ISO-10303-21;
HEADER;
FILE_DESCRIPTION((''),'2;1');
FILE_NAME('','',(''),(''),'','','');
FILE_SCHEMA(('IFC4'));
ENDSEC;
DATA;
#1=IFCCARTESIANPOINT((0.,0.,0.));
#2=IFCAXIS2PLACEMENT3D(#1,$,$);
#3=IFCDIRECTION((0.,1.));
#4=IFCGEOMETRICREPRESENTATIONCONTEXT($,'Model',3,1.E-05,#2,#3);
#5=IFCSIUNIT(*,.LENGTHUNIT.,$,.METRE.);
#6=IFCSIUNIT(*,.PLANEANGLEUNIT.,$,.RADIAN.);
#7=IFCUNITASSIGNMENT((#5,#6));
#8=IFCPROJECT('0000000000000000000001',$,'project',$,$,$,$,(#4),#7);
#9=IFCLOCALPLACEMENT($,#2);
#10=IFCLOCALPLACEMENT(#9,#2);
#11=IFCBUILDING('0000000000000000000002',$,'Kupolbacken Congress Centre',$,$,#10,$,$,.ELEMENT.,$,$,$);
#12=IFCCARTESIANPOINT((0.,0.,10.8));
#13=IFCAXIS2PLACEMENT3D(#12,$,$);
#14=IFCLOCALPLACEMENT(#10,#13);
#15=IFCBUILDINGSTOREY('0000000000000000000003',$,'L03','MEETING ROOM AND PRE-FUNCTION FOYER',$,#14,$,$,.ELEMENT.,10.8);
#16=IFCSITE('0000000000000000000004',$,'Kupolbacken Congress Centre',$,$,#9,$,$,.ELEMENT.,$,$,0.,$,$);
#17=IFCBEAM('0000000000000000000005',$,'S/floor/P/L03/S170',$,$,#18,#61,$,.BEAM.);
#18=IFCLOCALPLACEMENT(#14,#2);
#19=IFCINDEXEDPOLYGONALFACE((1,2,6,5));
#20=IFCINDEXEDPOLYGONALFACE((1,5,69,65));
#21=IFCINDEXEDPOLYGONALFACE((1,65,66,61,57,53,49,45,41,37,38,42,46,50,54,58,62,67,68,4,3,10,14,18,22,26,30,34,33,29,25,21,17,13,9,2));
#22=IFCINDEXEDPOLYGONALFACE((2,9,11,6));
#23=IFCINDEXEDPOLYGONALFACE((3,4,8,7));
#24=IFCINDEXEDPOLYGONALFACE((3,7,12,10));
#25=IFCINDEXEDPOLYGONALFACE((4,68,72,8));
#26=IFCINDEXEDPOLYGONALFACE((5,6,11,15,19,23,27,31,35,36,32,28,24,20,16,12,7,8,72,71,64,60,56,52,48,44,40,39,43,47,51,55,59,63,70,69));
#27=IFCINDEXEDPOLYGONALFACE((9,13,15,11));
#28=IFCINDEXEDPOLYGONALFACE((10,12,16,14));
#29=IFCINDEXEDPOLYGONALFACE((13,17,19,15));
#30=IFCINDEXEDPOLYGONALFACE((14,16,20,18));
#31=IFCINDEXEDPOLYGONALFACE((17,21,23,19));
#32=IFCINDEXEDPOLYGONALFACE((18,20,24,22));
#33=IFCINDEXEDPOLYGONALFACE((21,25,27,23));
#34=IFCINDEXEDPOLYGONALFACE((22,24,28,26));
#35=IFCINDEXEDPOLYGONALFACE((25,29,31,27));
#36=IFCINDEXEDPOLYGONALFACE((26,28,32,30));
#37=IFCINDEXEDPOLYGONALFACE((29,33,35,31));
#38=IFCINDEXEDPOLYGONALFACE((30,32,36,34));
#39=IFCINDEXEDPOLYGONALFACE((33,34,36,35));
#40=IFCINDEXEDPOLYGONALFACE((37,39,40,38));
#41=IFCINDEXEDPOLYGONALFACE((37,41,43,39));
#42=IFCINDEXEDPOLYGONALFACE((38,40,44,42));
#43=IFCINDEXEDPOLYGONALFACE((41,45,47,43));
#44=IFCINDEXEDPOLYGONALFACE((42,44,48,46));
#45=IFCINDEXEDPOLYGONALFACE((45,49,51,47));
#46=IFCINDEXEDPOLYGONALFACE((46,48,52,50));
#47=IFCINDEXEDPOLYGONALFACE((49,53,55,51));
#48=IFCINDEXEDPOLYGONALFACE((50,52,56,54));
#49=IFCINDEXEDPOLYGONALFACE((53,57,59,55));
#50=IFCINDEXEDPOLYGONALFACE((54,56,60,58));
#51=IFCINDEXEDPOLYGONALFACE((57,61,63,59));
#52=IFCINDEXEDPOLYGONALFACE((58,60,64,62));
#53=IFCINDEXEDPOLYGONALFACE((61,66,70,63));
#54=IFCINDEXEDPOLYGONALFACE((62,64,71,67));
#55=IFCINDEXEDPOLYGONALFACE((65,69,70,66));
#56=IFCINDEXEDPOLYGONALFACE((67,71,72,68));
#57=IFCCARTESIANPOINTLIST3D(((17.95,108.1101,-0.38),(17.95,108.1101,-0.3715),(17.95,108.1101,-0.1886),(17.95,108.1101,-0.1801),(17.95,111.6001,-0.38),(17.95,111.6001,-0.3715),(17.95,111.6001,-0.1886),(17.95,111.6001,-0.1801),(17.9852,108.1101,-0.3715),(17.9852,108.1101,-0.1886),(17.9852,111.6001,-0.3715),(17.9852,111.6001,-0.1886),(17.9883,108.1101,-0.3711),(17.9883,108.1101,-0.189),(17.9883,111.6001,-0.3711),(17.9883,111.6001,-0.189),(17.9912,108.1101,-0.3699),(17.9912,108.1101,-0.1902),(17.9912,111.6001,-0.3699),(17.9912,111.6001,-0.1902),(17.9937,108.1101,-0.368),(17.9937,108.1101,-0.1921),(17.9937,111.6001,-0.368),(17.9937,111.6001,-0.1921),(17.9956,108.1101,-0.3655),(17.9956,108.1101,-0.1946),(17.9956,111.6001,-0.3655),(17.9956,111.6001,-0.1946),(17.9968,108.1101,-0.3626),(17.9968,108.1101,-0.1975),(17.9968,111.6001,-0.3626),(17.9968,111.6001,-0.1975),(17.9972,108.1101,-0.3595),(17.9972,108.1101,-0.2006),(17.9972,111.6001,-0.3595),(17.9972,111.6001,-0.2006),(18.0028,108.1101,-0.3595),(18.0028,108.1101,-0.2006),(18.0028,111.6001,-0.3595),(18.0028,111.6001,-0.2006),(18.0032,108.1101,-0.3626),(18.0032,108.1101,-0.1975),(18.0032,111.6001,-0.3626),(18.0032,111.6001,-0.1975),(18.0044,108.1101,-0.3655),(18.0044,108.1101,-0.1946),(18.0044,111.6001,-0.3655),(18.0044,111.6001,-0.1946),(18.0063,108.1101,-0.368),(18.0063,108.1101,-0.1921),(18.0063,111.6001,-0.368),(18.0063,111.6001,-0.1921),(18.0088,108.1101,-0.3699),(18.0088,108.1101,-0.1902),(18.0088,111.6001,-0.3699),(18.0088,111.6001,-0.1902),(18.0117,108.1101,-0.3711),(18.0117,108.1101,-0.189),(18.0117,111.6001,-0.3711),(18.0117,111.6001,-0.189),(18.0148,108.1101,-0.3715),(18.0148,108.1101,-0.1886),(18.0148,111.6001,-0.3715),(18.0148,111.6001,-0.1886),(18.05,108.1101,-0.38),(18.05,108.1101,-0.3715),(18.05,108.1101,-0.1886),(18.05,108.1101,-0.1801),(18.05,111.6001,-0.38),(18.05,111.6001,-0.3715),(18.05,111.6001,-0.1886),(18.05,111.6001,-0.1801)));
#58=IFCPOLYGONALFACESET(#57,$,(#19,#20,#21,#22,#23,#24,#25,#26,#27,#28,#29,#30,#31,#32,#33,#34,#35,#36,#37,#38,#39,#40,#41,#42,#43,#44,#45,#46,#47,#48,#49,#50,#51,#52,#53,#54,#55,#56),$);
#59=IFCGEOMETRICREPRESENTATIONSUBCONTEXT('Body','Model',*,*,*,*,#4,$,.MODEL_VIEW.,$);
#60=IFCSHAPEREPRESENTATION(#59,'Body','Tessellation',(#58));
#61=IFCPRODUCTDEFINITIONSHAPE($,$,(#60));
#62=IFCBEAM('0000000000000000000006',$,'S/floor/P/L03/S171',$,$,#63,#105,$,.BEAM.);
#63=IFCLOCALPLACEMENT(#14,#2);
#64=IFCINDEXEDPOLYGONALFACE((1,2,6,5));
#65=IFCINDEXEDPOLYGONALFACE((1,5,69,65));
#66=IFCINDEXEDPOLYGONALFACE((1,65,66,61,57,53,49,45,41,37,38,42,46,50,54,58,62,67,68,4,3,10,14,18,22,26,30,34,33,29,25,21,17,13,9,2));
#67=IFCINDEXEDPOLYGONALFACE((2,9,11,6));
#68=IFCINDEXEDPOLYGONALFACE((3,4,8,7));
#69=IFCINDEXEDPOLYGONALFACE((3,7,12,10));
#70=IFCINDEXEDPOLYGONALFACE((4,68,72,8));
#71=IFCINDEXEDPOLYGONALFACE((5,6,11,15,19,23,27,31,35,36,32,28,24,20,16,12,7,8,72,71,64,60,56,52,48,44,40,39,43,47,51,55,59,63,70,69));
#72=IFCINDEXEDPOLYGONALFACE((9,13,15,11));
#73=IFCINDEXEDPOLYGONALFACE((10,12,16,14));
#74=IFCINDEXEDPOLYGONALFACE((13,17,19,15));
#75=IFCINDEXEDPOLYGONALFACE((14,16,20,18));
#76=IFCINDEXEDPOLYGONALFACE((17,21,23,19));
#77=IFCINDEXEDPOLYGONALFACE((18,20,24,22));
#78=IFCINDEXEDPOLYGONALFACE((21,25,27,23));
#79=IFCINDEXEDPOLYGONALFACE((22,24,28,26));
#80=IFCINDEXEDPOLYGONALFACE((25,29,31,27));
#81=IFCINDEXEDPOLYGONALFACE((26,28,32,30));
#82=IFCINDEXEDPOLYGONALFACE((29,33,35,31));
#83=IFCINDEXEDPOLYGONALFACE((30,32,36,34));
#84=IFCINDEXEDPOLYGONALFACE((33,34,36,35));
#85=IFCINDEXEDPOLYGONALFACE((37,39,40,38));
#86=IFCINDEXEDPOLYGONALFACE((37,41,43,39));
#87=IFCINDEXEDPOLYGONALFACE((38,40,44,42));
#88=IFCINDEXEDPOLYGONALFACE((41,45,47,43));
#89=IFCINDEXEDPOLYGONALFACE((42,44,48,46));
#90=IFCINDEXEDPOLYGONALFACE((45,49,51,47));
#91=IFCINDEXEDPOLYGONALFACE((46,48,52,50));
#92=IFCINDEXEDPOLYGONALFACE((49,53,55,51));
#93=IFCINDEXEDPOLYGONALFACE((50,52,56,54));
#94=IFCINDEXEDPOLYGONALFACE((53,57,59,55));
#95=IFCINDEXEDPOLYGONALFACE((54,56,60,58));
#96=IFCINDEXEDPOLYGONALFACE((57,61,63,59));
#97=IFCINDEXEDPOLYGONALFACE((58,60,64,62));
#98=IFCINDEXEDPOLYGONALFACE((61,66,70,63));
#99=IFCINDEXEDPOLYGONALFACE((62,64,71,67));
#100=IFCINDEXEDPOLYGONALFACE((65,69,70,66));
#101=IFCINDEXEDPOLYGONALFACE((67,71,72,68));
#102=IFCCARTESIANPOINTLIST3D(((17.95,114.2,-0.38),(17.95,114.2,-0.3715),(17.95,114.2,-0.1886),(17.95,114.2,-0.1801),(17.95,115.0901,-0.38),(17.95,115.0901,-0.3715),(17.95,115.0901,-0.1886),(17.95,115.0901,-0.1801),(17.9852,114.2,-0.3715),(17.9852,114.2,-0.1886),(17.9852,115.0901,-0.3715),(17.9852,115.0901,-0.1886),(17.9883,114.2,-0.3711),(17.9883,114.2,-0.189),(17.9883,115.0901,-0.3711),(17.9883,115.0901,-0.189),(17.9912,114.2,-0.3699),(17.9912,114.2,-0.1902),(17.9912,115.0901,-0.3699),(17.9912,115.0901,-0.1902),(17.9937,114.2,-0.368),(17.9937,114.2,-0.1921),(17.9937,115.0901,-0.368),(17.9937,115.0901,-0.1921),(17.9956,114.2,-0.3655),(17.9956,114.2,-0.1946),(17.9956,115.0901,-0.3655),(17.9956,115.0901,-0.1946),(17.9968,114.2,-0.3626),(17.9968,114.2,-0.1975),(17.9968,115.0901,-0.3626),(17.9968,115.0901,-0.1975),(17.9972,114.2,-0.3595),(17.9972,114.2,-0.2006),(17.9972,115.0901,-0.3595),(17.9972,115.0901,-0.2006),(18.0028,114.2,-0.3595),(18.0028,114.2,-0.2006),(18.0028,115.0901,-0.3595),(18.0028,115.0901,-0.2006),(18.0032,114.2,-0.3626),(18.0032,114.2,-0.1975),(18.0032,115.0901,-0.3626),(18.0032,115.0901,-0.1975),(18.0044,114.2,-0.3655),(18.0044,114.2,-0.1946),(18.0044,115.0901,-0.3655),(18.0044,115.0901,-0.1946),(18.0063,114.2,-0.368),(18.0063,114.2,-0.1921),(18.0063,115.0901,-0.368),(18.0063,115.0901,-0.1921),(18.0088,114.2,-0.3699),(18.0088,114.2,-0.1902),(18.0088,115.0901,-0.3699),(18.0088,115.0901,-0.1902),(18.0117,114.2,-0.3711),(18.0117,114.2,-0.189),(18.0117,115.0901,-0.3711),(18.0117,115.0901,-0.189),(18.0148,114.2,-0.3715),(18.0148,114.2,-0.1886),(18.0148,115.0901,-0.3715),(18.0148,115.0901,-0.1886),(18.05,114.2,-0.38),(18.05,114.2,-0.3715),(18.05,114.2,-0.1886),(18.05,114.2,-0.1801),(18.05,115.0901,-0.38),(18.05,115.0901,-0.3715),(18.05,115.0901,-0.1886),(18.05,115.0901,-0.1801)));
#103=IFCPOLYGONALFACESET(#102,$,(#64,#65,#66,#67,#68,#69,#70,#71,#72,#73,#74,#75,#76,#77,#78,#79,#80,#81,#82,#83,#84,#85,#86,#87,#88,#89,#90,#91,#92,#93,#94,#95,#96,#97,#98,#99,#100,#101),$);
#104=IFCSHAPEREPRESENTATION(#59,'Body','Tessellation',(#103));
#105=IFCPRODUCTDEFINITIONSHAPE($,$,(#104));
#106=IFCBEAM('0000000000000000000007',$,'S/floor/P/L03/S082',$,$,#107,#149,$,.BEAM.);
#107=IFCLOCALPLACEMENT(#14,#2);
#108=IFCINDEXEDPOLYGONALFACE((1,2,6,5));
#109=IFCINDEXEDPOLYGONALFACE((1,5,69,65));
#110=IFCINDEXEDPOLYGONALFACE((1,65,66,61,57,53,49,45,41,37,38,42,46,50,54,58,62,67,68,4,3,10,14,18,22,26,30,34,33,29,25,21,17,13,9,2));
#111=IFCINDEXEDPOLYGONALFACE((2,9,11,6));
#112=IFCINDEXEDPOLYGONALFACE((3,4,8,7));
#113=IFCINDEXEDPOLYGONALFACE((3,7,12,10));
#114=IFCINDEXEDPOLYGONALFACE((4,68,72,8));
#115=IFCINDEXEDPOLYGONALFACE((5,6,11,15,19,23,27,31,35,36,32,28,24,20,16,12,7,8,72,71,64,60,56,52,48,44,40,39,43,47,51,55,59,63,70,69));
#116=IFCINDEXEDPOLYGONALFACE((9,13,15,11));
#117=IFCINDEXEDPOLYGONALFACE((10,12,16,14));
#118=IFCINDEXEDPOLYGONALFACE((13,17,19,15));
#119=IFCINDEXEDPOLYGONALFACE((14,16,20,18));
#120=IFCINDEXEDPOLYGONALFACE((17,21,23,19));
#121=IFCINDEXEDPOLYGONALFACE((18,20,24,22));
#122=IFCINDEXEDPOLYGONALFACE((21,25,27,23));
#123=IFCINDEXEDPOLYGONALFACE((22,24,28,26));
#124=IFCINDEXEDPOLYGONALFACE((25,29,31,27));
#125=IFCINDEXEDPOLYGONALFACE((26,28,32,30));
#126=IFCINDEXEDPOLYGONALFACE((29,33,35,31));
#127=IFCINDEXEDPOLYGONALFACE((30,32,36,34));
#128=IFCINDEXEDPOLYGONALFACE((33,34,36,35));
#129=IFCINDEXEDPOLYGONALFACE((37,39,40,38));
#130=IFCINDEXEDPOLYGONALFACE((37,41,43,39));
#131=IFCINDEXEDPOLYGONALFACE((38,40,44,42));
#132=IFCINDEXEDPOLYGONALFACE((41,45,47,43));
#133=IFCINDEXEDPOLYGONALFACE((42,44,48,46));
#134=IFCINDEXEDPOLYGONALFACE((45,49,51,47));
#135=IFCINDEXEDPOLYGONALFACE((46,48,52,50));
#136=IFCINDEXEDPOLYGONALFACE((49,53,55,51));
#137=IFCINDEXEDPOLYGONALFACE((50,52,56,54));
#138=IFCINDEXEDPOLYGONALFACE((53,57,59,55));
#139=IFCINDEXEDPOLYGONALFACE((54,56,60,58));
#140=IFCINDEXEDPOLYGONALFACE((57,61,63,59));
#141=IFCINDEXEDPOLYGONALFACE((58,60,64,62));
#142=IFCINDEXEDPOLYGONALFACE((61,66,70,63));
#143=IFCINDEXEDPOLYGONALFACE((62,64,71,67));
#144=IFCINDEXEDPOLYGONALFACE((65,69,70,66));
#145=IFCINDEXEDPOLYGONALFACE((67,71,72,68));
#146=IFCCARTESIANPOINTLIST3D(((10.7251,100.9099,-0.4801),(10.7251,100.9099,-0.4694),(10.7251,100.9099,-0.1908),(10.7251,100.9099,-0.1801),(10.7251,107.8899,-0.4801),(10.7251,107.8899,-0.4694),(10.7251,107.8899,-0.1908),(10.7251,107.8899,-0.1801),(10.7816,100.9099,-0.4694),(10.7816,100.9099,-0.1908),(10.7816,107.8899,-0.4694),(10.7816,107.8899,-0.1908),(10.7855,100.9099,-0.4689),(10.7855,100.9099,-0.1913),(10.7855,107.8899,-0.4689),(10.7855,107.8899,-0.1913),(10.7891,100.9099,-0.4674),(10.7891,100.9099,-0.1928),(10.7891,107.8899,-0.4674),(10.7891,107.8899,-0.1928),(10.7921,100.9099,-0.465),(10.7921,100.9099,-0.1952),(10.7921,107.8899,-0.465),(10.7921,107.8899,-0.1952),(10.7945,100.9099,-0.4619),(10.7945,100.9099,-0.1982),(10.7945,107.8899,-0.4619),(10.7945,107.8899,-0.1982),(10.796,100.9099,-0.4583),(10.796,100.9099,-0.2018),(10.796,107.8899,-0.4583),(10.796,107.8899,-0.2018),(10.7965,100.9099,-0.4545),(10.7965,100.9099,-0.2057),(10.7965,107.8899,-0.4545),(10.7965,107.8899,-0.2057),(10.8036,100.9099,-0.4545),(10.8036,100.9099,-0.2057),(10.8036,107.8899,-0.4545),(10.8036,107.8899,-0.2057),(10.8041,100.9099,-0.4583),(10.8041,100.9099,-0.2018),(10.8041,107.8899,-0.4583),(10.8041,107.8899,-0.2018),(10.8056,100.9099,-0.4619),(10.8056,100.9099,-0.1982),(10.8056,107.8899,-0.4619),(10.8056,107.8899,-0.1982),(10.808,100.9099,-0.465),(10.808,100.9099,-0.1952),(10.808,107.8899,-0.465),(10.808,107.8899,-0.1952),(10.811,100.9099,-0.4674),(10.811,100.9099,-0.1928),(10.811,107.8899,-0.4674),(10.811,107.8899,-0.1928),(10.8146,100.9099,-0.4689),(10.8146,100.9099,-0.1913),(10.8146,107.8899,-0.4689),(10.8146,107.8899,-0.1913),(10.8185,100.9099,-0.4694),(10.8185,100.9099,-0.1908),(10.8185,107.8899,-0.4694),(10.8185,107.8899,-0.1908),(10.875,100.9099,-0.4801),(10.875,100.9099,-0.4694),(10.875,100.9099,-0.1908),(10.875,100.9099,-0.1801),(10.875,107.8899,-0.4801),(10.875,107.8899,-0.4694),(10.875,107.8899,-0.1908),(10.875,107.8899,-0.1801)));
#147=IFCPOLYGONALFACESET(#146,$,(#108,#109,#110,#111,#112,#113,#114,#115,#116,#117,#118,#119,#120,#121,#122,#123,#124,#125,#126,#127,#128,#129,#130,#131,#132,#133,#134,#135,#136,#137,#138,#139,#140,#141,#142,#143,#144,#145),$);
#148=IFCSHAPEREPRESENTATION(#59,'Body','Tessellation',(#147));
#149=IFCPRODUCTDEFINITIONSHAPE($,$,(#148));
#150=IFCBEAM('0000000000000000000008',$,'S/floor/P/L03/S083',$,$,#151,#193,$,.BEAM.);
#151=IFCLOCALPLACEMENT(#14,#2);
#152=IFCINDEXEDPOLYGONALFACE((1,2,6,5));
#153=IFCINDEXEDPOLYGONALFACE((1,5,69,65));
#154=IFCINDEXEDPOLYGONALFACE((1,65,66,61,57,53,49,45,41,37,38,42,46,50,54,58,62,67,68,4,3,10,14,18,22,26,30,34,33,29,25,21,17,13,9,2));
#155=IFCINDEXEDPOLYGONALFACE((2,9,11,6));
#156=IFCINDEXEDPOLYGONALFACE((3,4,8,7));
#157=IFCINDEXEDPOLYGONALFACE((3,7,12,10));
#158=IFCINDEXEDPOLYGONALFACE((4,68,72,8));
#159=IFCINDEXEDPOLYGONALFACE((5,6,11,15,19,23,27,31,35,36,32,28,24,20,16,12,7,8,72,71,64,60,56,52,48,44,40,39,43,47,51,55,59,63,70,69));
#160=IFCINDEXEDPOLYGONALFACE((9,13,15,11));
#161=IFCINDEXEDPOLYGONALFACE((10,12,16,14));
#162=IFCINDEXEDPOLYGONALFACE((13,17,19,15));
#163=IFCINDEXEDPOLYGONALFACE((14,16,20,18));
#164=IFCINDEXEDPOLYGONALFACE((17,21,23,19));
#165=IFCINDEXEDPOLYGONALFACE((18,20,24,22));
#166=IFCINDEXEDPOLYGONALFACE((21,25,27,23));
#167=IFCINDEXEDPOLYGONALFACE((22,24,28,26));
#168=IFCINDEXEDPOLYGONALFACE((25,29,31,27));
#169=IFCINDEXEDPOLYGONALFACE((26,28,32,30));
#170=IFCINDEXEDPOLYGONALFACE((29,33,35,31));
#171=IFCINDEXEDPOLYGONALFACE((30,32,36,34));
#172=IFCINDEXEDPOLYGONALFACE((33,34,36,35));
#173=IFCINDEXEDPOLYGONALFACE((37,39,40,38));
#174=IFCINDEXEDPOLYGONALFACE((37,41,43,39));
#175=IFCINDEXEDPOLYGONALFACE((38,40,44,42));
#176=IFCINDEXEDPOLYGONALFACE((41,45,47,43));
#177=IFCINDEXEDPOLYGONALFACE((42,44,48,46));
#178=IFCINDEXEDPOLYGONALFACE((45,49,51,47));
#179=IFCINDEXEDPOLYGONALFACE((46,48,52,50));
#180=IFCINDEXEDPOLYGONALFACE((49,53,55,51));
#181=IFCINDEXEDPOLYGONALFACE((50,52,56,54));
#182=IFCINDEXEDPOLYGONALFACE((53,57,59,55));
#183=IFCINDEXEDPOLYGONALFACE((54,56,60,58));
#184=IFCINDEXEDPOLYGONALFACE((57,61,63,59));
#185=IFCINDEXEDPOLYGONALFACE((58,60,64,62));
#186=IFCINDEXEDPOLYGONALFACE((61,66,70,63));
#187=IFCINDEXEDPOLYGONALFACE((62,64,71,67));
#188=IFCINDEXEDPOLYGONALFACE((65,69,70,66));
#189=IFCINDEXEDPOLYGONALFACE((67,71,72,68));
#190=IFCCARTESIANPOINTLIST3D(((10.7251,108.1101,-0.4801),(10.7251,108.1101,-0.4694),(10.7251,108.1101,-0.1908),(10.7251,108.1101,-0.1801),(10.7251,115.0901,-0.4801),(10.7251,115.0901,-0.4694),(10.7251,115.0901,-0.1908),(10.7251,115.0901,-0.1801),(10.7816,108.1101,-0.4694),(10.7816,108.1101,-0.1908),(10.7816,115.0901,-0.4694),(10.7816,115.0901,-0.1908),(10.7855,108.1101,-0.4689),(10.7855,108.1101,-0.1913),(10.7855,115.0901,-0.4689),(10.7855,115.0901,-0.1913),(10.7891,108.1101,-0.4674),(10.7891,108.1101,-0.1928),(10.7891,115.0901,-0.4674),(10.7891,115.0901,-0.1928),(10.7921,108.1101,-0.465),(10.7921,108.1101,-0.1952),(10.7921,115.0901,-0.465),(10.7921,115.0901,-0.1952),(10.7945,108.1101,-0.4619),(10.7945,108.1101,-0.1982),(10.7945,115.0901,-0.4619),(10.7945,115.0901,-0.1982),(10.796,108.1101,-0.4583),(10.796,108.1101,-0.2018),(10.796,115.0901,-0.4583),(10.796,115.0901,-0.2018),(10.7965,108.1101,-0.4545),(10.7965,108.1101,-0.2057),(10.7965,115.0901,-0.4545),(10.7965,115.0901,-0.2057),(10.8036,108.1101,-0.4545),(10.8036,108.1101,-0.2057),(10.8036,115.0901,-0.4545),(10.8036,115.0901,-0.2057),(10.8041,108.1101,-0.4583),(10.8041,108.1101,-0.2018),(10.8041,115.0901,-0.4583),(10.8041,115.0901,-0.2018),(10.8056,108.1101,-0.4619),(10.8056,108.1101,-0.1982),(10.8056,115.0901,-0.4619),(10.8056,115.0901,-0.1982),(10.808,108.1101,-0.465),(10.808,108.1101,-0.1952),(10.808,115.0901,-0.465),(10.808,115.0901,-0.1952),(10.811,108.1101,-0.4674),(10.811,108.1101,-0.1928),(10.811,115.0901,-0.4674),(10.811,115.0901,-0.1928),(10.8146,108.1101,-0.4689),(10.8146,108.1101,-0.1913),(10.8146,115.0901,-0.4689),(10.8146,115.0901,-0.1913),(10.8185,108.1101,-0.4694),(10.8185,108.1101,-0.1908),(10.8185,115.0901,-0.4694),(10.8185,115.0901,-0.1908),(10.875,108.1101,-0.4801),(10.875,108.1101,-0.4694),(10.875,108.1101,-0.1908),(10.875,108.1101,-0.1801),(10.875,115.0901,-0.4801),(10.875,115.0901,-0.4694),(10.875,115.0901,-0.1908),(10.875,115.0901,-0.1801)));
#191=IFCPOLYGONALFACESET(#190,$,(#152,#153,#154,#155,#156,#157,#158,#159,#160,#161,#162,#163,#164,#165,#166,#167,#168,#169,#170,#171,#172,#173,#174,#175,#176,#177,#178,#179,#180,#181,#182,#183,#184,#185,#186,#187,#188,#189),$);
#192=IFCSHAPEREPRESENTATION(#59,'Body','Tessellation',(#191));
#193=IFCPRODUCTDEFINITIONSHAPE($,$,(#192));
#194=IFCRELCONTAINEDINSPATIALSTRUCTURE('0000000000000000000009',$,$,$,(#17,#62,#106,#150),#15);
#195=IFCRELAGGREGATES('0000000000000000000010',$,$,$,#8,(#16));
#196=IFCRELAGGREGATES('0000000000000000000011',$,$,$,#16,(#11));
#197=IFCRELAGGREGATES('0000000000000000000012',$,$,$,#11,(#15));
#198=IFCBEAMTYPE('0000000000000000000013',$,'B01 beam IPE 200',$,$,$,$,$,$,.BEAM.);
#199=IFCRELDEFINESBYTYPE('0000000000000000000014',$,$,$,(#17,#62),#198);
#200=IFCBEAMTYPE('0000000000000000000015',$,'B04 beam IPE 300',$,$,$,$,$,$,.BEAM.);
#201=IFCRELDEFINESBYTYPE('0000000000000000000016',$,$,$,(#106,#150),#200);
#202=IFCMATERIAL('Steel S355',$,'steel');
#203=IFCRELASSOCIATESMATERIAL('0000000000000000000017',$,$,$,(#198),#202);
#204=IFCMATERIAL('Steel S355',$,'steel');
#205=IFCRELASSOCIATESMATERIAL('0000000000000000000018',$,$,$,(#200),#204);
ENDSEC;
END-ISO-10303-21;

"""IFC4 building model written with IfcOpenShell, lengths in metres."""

from ifc_helpers import new_model, si_unit, direction, frame, origin, origin_2d, place, context, subcontext, project, spatial, i_section, extrude, material, material_profile, profile_set, type_object, element, save


model = new_model("IFC4")

# Units and contexts
model_context = context("Model", 3, precision=1e-05, world=origin(), true_north=direction((0.0, 1.0)))
body_context = subcontext(model_context, "Body", "Model", "MODEL_VIEW")
ifc_project = project(units=[si_unit("LENGTHUNIT", "METRE"), si_unit("PLANEANGLEUNIT", "RADIAN")], contexts=[model_context])

# Site, building, storey
site_placement = place(None, origin())
site = spatial("IfcSite", under=ifc_project, at=site_placement, Name="Kupolbacken Congress Centre", CompositionType="ELEMENT", RefElevation=0.0)
building_placement = place(site_placement, origin())
building = spatial("IfcBuilding", under=site, at=building_placement, Name="Kupolbacken Congress Centre", CompositionType="ELEMENT")
storey_placement = place(building_placement, frame((0.0, 0.0, 10.8)))
storey = spatial("IfcBuildingStorey", under=building, at=storey_placement, Name="L03", Description="MEETING ROOM AND PRE-FUNCTION FOYER", CompositionType="ELEMENT", Elevation=10.8)

# Beams
ifc_material_1 = material(Name="Steel S355", Category="steel")
ifc_material_profile_1 = material_profile(ifc_material_1, i_section(OverallWidth=0.1001, OverallDepth=0.2, WebThickness=0.0056, FlangeThickness=0.0085, FilletRadius=0.012, at=origin_2d()), Name="IPE 200")
ifc_profile_set_1 = profile_set([ifc_material_profile_1], Name="Steel S355")
beam_type_1 = type_object("IfcBeamType", Name="B01 beam IPE 200", PredefinedType="BEAM", material=ifc_profile_set_1)
beam_1_placement = place(storey_placement, frame((18.0, 108.1101, -0.28), z_axis=(0.0, 1.0, 0.0), x_axis=(-1.0, 0.0, 0.0)))
element("IfcBeam", 1, at=beam_1_placement, inside=storey, type_object=beam_type_1, Name="S/floor/P/L03/S170", PredefinedType="BEAM", context=body_context, shape_type="SweptSolid", body=[
    extrude(i_section(OverallWidth=0.1001, OverallDepth=0.2, WebThickness=0.0056, FlangeThickness=0.0085, FilletRadius=0.012, at=origin_2d()), origin(), (0.0, 0.0, 1.0), 3.49),
])
beam_2_placement = place(storey_placement, frame((18.0, 114.2, -0.28), z_axis=(0.0, 1.0, 0.0), x_axis=(-1.0, 0.0, 0.0)))
element("IfcBeam", 2, at=beam_2_placement, inside=storey, type_object=beam_type_1, Name="S/floor/P/L03/S171", PredefinedType="BEAM", context=body_context, shape_type="SweptSolid", body=[
    extrude(i_section(OverallWidth=0.1001, OverallDepth=0.2, WebThickness=0.0056, FlangeThickness=0.0085, FilletRadius=0.012, at=origin_2d()), origin(), (0.0, 0.0, 1.0), 0.8901),
])
ifc_material_2 = material(Name="Steel S355", Category="steel")
ifc_material_profile_2 = material_profile(ifc_material_2, i_section(OverallWidth=0.1499, OverallDepth=0.3, WebThickness=0.0071, FlangeThickness=0.0107, FilletRadius=0.0149, at=origin_2d()), Name="IPE 300")
ifc_profile_set_2 = profile_set([ifc_material_profile_2], Name="Steel S355")
beam_type_2 = type_object("IfcBeamType", Name="B04 beam IPE 300", PredefinedType="BEAM", material=ifc_profile_set_2)
for number, where, z_axis, x_axis, name in (
    (3, (10.8, 100.9099, -0.3301), (0.0, 1.0, 0.0), (-1.0, 0.0, 0.0), "S/floor/P/L03/S082"),
    (4, (10.8, 108.1101, -0.3301), (0.0, 1.0, 0.0), (-1.0, 0.0, 0.0), "S/floor/P/L03/S083"),
):
    element("IfcBeam", number, at=place(storey_placement, frame(where, z_axis=z_axis, x_axis=x_axis)), inside=storey, type_object=beam_type_2, Name=name, PredefinedType="BEAM", context=body_context, shape_type="SweptSolid", body=[
        extrude(i_section(OverallWidth=0.1499, OverallDepth=0.3, WebThickness=0.0071, FlangeThickness=0.0107, FilletRadius=0.0149, at=origin_2d()), origin(), (0.0, 0.0, 1.0), 6.98),
    ])

save(model, "model.ifc")
